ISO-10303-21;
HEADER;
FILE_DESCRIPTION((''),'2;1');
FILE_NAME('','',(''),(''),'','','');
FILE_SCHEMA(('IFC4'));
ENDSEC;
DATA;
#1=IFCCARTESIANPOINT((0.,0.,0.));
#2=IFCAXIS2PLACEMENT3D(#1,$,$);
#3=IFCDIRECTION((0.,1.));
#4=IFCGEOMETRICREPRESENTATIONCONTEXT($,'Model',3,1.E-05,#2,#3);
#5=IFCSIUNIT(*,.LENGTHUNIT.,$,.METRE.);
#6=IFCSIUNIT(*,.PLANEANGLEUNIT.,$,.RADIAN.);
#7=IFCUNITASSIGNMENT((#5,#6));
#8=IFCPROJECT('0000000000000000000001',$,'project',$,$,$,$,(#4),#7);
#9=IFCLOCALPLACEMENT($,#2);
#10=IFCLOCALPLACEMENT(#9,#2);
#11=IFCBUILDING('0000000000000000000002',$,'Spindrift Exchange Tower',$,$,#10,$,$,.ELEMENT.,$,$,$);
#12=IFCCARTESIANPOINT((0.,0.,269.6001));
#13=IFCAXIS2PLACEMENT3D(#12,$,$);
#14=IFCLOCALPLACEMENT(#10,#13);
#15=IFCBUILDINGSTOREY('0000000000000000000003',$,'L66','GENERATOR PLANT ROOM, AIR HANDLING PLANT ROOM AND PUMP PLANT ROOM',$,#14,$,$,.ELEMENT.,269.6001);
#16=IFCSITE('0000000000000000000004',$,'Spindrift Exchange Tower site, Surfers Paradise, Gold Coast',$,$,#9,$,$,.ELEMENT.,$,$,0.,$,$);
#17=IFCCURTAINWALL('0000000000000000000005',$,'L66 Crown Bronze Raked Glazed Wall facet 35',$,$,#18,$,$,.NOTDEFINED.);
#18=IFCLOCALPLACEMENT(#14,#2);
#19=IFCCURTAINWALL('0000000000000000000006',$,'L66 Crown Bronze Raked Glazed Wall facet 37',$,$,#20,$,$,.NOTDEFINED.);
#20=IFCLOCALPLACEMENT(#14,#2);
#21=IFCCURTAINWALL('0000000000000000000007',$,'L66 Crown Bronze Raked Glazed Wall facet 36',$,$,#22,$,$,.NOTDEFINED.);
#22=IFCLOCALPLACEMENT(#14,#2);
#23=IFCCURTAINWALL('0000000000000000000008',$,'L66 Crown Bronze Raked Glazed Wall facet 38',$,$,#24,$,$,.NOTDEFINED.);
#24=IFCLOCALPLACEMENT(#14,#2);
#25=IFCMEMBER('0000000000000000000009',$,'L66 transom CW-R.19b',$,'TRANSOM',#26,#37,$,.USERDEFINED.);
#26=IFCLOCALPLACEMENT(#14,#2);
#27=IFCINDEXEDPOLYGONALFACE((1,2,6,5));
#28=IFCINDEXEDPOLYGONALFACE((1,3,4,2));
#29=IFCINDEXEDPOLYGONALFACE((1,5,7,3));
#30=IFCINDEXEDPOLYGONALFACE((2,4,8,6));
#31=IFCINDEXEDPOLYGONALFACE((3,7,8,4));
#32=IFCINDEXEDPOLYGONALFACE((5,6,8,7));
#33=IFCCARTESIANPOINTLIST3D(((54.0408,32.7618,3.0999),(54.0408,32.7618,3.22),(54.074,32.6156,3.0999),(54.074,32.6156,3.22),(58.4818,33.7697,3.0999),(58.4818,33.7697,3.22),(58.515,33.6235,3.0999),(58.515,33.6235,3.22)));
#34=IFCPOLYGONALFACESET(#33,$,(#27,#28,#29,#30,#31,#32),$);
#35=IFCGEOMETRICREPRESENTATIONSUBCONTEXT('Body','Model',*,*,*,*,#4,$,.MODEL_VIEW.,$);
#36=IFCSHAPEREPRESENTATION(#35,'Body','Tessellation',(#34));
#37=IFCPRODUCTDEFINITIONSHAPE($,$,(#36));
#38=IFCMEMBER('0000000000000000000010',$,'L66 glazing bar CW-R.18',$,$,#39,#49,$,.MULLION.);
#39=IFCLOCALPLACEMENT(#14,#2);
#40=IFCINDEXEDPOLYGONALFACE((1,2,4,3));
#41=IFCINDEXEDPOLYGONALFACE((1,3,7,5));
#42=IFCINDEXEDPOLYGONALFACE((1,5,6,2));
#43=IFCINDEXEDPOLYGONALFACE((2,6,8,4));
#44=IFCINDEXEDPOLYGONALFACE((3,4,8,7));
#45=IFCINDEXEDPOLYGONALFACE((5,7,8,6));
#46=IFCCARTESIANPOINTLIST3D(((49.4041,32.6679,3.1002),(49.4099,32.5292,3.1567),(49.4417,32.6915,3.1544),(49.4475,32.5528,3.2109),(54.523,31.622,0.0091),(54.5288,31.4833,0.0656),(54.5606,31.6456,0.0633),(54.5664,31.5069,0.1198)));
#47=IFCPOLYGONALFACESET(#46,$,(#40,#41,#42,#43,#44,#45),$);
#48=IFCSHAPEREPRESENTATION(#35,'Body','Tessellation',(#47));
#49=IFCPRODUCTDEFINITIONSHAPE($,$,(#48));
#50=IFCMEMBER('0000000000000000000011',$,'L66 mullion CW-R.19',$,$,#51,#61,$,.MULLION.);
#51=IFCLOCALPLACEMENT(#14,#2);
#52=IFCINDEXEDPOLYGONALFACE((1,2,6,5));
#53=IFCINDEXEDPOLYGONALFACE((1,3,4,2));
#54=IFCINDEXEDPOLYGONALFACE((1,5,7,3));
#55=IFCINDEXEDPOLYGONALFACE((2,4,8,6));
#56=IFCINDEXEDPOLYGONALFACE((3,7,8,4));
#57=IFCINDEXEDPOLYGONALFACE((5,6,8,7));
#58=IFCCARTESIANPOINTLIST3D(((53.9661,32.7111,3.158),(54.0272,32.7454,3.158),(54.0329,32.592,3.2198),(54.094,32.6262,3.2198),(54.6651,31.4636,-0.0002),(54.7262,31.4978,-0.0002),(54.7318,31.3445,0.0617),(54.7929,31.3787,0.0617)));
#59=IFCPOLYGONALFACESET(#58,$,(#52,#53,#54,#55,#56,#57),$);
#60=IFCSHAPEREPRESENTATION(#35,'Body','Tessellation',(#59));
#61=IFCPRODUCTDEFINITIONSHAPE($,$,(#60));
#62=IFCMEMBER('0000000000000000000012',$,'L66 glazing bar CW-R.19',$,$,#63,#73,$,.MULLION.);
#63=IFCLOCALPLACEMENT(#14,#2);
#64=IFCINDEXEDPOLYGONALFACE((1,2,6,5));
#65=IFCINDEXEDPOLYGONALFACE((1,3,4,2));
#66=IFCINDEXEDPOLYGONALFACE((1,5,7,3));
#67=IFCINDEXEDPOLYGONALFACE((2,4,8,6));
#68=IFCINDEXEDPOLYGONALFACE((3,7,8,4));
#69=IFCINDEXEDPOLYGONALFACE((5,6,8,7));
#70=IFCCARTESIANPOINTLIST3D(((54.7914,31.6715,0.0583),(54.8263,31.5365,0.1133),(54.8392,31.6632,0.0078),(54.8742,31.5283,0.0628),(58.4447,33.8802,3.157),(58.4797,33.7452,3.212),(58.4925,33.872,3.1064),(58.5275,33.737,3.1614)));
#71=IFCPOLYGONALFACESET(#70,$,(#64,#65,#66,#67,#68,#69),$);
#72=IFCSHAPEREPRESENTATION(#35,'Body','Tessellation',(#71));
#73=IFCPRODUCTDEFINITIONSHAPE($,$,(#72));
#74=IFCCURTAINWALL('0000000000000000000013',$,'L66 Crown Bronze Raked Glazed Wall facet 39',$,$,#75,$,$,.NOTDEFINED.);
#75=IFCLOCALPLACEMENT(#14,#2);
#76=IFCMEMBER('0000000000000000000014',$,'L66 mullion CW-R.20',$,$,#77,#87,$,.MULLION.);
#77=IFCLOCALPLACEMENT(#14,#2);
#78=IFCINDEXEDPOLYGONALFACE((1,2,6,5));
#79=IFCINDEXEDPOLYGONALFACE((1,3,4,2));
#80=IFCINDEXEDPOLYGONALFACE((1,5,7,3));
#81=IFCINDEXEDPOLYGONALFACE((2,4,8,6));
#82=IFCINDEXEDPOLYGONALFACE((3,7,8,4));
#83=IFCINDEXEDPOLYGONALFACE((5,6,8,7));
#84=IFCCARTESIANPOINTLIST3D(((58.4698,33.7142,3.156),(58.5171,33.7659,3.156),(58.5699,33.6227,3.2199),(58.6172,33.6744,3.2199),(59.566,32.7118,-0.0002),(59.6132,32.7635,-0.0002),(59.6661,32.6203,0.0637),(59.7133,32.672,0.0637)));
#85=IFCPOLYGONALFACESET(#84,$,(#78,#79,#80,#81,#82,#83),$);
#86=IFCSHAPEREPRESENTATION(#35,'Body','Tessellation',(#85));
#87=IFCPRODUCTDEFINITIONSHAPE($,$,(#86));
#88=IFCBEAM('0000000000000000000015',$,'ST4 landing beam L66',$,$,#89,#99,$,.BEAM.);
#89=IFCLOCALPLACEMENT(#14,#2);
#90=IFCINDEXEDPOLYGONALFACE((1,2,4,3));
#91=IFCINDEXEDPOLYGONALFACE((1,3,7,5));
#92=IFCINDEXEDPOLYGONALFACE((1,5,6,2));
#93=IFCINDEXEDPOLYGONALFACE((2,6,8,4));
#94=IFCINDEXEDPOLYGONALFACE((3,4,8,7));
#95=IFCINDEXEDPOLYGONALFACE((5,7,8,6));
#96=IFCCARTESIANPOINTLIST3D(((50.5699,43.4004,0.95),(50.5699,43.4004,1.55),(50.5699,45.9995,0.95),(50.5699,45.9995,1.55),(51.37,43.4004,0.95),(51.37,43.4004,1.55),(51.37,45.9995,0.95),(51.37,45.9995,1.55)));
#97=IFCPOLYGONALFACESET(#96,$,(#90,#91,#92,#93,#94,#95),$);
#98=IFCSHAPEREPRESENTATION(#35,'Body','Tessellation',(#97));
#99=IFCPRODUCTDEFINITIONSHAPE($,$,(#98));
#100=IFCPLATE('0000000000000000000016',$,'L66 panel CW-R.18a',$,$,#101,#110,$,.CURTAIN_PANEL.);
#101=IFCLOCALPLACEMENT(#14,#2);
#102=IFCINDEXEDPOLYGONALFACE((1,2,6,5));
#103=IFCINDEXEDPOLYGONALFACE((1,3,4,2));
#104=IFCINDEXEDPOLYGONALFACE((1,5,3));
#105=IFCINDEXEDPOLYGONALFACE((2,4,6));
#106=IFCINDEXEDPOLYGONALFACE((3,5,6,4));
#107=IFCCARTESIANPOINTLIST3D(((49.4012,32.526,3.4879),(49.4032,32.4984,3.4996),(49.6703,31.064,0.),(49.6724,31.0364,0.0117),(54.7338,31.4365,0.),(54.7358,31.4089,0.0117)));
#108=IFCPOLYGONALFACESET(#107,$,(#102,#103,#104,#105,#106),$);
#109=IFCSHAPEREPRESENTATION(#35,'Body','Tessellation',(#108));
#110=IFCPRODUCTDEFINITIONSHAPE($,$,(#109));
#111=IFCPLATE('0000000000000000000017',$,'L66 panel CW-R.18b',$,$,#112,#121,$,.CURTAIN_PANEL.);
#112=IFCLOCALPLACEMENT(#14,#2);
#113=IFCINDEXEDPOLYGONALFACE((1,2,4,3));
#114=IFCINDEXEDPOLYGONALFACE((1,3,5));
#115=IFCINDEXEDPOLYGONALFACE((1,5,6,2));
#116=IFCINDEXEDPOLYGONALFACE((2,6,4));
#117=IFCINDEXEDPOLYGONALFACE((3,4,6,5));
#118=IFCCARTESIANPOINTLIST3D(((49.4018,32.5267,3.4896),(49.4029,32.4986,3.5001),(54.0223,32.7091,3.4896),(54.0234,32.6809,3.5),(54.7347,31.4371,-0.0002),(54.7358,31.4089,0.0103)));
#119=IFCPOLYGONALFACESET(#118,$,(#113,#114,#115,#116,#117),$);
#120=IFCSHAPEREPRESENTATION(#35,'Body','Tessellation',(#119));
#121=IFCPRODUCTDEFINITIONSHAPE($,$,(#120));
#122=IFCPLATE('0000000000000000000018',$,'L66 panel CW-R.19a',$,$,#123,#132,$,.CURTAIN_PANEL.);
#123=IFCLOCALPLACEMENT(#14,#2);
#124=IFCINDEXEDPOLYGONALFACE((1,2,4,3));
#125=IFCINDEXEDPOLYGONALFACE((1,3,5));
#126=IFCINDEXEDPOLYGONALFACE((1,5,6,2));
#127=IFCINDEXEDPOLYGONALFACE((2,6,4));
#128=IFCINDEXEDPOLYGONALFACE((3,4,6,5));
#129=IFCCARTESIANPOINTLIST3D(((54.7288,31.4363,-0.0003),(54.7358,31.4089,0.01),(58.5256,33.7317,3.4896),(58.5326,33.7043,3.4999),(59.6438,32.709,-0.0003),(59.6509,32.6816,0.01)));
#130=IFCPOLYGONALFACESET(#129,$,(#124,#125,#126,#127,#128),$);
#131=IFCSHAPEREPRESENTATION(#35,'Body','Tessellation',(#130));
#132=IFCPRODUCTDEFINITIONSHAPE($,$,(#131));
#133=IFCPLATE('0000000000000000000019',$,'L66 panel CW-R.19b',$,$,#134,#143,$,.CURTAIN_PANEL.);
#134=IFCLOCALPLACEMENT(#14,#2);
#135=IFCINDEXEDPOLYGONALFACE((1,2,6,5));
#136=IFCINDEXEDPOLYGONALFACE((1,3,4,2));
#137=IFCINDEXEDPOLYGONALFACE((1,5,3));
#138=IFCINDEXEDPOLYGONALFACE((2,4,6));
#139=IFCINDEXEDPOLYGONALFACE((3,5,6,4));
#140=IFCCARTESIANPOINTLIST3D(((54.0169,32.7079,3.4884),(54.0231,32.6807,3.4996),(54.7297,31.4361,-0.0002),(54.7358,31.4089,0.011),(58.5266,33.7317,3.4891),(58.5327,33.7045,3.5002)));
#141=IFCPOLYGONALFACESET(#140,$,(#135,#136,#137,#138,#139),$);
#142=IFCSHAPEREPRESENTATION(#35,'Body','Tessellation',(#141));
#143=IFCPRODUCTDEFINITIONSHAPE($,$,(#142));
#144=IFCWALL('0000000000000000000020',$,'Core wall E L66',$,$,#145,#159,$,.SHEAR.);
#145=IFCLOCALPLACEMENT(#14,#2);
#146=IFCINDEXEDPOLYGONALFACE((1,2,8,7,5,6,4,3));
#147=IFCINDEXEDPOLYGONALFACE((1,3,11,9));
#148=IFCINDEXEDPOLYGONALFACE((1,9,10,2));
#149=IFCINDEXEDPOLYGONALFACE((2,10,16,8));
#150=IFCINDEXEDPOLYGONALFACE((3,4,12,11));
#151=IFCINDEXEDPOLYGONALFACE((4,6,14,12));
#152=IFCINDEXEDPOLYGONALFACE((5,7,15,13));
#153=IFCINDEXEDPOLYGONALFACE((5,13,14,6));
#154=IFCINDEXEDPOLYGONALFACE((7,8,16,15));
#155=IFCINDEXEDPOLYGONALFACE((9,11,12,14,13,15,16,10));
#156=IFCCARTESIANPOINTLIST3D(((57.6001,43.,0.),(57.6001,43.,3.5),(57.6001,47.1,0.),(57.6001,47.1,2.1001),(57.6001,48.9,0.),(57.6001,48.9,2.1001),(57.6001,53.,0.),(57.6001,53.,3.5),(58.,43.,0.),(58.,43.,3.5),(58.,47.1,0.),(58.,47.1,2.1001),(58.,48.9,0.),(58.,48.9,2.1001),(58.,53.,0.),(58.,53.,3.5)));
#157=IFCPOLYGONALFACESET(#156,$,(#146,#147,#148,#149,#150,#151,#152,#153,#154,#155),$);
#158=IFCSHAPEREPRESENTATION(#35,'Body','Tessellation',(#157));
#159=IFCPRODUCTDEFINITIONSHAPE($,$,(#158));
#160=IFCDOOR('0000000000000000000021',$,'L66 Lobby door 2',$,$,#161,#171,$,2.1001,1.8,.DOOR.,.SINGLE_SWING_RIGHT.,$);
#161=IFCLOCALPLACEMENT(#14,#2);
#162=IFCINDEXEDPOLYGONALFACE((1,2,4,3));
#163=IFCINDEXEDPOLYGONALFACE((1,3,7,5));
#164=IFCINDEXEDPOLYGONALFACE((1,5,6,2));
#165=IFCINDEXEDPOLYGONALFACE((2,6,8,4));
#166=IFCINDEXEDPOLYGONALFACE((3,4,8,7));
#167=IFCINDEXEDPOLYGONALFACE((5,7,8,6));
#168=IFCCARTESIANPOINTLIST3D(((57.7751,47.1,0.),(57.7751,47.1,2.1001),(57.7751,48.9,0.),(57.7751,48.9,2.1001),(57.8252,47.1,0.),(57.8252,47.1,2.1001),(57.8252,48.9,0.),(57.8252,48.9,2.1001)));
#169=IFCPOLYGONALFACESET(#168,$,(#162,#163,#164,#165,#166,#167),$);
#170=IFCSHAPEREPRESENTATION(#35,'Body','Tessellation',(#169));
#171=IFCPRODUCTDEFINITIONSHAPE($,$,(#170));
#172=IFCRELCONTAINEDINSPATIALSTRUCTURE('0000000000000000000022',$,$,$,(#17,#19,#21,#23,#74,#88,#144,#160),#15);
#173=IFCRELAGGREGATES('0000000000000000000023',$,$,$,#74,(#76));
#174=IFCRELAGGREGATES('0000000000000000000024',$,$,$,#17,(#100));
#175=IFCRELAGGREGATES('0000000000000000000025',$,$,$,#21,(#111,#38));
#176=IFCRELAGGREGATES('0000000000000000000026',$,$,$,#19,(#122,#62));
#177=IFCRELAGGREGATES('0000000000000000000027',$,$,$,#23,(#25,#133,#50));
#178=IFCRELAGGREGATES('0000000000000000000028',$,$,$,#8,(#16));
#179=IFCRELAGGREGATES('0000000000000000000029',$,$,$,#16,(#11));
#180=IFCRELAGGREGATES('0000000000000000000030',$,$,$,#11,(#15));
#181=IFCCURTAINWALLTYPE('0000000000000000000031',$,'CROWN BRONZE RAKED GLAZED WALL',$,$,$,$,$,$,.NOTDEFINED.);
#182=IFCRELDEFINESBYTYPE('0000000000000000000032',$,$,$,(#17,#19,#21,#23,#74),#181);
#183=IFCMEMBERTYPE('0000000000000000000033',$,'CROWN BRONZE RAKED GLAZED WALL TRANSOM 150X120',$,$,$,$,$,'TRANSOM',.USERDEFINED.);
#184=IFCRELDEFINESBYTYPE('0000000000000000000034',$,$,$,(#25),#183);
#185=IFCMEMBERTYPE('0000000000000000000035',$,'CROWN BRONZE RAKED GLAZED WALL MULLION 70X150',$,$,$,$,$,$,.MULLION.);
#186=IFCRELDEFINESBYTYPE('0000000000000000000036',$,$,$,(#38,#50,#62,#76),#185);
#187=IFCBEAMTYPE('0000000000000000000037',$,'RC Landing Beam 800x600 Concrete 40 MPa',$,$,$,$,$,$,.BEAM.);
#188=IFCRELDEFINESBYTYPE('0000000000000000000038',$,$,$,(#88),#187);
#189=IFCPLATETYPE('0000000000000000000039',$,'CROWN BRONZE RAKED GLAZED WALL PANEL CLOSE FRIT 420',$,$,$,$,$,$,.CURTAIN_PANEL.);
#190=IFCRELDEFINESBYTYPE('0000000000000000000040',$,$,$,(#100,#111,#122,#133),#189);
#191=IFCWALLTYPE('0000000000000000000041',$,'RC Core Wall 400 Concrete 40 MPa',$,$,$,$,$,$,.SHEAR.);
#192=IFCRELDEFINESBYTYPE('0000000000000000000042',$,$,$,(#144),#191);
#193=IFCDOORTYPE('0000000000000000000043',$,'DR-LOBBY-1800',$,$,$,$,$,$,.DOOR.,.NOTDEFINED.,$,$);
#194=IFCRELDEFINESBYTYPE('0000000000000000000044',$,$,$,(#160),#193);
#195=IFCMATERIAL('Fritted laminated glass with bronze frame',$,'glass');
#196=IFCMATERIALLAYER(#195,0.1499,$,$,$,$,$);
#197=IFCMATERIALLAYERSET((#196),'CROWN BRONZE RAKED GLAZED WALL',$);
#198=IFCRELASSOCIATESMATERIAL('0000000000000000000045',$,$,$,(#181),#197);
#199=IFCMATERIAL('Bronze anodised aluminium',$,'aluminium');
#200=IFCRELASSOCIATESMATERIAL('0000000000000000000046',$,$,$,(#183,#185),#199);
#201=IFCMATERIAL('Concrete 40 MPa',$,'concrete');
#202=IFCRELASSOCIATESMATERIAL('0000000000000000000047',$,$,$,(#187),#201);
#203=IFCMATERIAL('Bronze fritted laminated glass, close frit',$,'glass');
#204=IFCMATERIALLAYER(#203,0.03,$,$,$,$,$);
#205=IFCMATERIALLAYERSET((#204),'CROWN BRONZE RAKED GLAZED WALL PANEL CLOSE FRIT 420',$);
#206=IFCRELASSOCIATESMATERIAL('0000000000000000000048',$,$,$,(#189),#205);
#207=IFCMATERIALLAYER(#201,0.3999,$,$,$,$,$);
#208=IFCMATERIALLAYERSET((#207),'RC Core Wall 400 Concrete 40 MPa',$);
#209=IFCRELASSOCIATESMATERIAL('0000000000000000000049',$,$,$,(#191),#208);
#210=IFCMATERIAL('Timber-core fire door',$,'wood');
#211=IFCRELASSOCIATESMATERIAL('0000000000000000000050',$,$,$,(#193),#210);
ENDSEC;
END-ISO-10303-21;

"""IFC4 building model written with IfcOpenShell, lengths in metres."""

from ifc_helpers import new_model, si_unit, direction, frame, frame_2d, origin, origin_2d, place, context, subcontext, project, spatial, line, indexed_curve, rectangle, outline, extrude, source, transform, mapped, material, layer, layer_set, material_profile, profile_set, type_object, element, fill, aggregate, save


model = new_model("IFC4")

# Units and contexts
model_context = context("Model", 3, precision=1e-05, world=origin(), true_north=direction((0.0, 1.0)))
body_context = subcontext(model_context, "Body", "Model", "MODEL_VIEW")
ifc_project = project(units=[si_unit("LENGTHUNIT", "METRE"), si_unit("PLANEANGLEUNIT", "RADIAN")], contexts=[model_context])

# Site, building, storey
site_placement = place(None, origin())
site = spatial("IfcSite", under=ifc_project, at=site_placement, Name="Spindrift Exchange Tower site, Surfers Paradise, Gold Coast", CompositionType="ELEMENT", RefElevation=0.0)
building_placement = place(site_placement, origin())
building = spatial("IfcBuilding", under=site, at=building_placement, Name="Spindrift Exchange Tower", CompositionType="ELEMENT")
storey_placement = place(building_placement, frame((0.0, 0.0, 269.6001)))
storey = spatial("IfcBuildingStorey", under=building, at=storey_placement, Name="L66", Description="GENERATOR PLANT ROOM, AIR HANDLING PLANT ROOM AND PUMP PLANT ROOM", CompositionType="ELEMENT", Elevation=269.6001)

# Shared definitions
ifc_material_1 = material(Name="Concrete 40 MPa", Category="concrete")

# Curtain walls, member
ifc_material_2 = material(Name="Fritted laminated glass with bronze frame", Category="glass")
ifc_layer_1 = layer(ifc_material_2, 0.1499)
ifc_layer_set_1 = layer_set([ifc_layer_1], Name="CROWN BRONZE RAKED GLAZED WALL")
curtain_wall_type = type_object("IfcCurtainWallType", Name="CROWN BRONZE RAKED GLAZED WALL", PredefinedType="NOTDEFINED", material=ifc_layer_set_1)
curtain_wall_1_placement = place(storey_placement, origin())
curtain_wall_1 = element("IfcCurtainWall", 1, at=curtain_wall_1_placement, inside=storey, type_object=curtain_wall_type, Name="L66 Crown Bronze Raked Glazed Wall facet 35", PredefinedType="NOTDEFINED")
ifc_material_3 = material(Name="Bronze anodised aluminium", Category="aluminium")
ifc_material_profile_1 = material_profile(ifc_material_3, rectangle(XDim=0.1499, YDim=0.1201, at=origin_2d()), Name="CROWN BRONZE RAKED GLAZED WALL TRANSOM 150X120")
ifc_profile_set_1 = profile_set([ifc_material_profile_1], Name="Bronze anodised aluminium")
member_type_1 = type_object("IfcMemberType", Name="CROWN BRONZE RAKED GLAZED WALL TRANSOM 150X120", ElementType="TRANSOM", PredefinedType="USERDEFINED", material=ifc_profile_set_1)
curtain_wall_2_placement = place(storey_placement, origin())
curtain_wall_2 = element("IfcCurtainWall", 2, at=curtain_wall_2_placement, inside=storey, type_object=curtain_wall_type, Name="L66 Crown Bronze Raked Glazed Wall facet 37", PredefinedType="NOTDEFINED")
curtain_wall_3_placement = place(storey_placement, origin())
curtain_wall_3 = element("IfcCurtainWall", 3, at=curtain_wall_3_placement, inside=storey, type_object=curtain_wall_type, Name="L66 Crown Bronze Raked Glazed Wall facet 36", PredefinedType="NOTDEFINED")
shared_shape_1 = source(origin(), body_context, "Body", "SweptSolid", [
    extrude(rectangle(XDim=0.1499, YDim=0.1201, at=origin_2d()), origin(), (0.0, 0.0, 1.0), 4.554),
])
curtain_wall_4_placement = place(storey_placement, origin())
curtain_wall_4 = element("IfcCurtainWall", 4, at=curtain_wall_4_placement, inside=storey, type_object=curtain_wall_type, Name="L66 Crown Bronze Raked Glazed Wall facet 38", PredefinedType="NOTDEFINED")
member_1_placement = place(storey_placement, frame((54.0574, 32.6887, 3.1599), z_axis=(0.975203, 0.221311, 0.0), x_axis=(-0.221311, 0.975203, 0.0)))
member_1 = element("IfcMember", 5, at=member_1_placement, type_object=member_type_1, Name="L66 transom CW-R.19b", ObjectType="TRANSOM", PredefinedType="USERDEFINED", context=body_context, shape_type="MappedRepresentation", body=[
    mapped(shared_shape_1, transform((0.0, 0.0, 0.0), scale=1.0)),
])

# Members
ifc_material_profile_2 = material_profile(ifc_material_3, rectangle(XDim=0.0701, YDim=0.1499, at=origin_2d()), Name="CROWN BRONZE RAKED GLAZED WALL MULLION 70X150")
ifc_profile_set_2 = profile_set([ifc_material_profile_2], Name="Bronze anodised aluminium")
member_type_2 = type_object("IfcMemberType", Name="CROWN BRONZE RAKED GLAZED WALL MULLION 70X150", PredefinedType="MULLION", material=ifc_profile_set_2)
shared_shape_2 = source(origin(), body_context, "Body", "SweptSolid", [
    extrude(rectangle(XDim=0.0701, YDim=0.1499, at=origin_2d()), origin(), (0.0, 0.0, 1.0), 6.0706),
])
member_2_placement = place(storey_placement, frame((54.5447, 31.5645, 0.0645), z_axis=(-0.843233, 0.17229, 0.509189), x_axis=(-0.536162, -0.337546, -0.773688)))
member_2 = element("IfcMember", 6, at=member_2_placement, type_object=member_type_2, Name="L66 glazing bar CW-R.18", PredefinedType="MULLION", context=body_context, shape_type="MappedRepresentation", body=[
    mapped(shared_shape_2, transform((0.0, 0.0, 0.0), scale=1.0)),
])
shared_shape_3 = source(origin(), body_context, "Body", "SweptSolid", [
    extrude(rectangle(XDim=0.0701, YDim=0.1499, at=origin_2d()), origin(), (0.0, 0.0, 1.0), 3.4668),
])
member_3_placement = place(storey_placement, frame((54.729, 31.4211, 0.0308), z_axis=(-0.201615, 0.359851, 0.910966), x_axis=(-0.872404, -0.488785, 0.0)))
member_3 = element("IfcMember", 7, at=member_3_placement, type_object=member_type_2, Name="L66 mullion CW-R.19", PredefinedType="MULLION", context=body_context, shape_type="MappedRepresentation", body=[
    mapped(shared_shape_3, transform((0.0, 0.0, 0.0), scale=1.0)),
])
shared_shape_4 = source(origin(), body_context, "Body", "SweptSolid", [
    extrude(rectangle(XDim=0.0701, YDim=0.1499, at=origin_2d()), origin(), (0.0, 0.0, 1.0), 5.2751),
])
member_4_placement = place(storey_placement, frame((54.8328, 31.5999, 0.0605), z_axis=(0.692558, 0.41871, 0.587406), x_axis=(-0.682608, 0.117081, 0.721345)))
member_4 = element("IfcMember", 8, at=member_4_placement, type_object=member_type_2, Name="L66 glazing bar CW-R.19", PredefinedType="MULLION", context=body_context, shape_type="MappedRepresentation", body=[
    mapped(shared_shape_4, transform((0.0, 0.0, 0.0), scale=1.0)),
])

# Curtain wall, member
curtain_wall_5_placement = place(storey_placement, origin())
curtain_wall_5 = element("IfcCurtainWall", 9, at=curtain_wall_5_placement, inside=storey, type_object=curtain_wall_type, Name="L66 Crown Bronze Raked Glazed Wall facet 39", PredefinedType="NOTDEFINED")
shared_shape_5 = source(origin(), body_context, "Body", "SweptSolid", [
    extrude(rectangle(XDim=0.0701, YDim=0.1499, at=origin_2d()), origin(), (0.0, 0.0, 1.0), 3.4883),
])
member_5_placement = place(storey_placement, frame((59.6396, 32.6919, 0.0317), z_axis=(-0.314245, 0.28737, 0.904803), x_axis=(-0.674846, -0.737959, 0.0)))
member_5 = element("IfcMember", 10, at=member_5_placement, type_object=member_type_2, Name="L66 mullion CW-R.20", PredefinedType="MULLION", context=body_context, shape_type="MappedRepresentation", body=[
    mapped(shared_shape_5, transform((0.0, 0.0, 0.0), scale=1.0)),
])
aggregate(curtain_wall_5, [member_5])

# Beam
ifc_material_profile_3 = material_profile(ifc_material_1, rectangle(XDim=0.8, YDim=0.6001, at=origin_2d()), Name="RC 800x600")
ifc_profile_set_3 = profile_set([ifc_material_profile_3], Name="Concrete 40 MPa")
beam_type_1 = type_object("IfcBeamType", Name="RC Landing Beam 800x600 Concrete 40 MPa", PredefinedType="BEAM", material=ifc_profile_set_3)
shared_shape_6 = source(origin(), body_context, "Body", "SweptSolid", [
    extrude(rectangle(XDim=0.8, YDim=0.6001, at=origin_2d()), origin(), (0.0, 0.0, 1.0), 2.5991),
])
beam_1_placement = place(storey_placement, frame((50.97, 43.4004, 1.25), z_axis=(0.0, 1.0, 0.0), x_axis=(-1.0, 0.0, 0.0)))
element("IfcBeam", 11, at=beam_1_placement, inside=storey, type_object=beam_type_1, Name="ST4 landing beam L66", PredefinedType="BEAM", context=body_context, shape_type="MappedRepresentation", body=[
    mapped(shared_shape_6, transform((0.0, 0.0, 0.0), scale=1.0)),
])

# Plates
ifc_material_4 = material(Name="Bronze fritted laminated glass, close frit", Category="glass")
ifc_layer_2 = layer(ifc_material_4, 0.03)
ifc_layer_set_2 = layer_set([ifc_layer_2], Name="CROWN BRONZE RAKED GLAZED WALL PANEL CLOSE FRIT 420")
plate_type = type_object("IfcPlateType", Name="CROWN BRONZE RAKED GLAZED WALL PANEL CLOSE FRIT 420", PredefinedType="CURTAIN_PANEL", material=ifc_layer_set_2)
plate_1_placement = place(storey_placement, frame((54.7358, 31.4089, 0.0117), z_axis=(0.067565, -0.91828, 0.390125), x_axis=(-0.997304, -0.073379, 0.0)))
plate_1 = element("IfcPlate", 12, at=plate_1_placement, type_object=plate_type, Name="L66 panel CW-R.18a", PredefinedType="CURTAIN_PANEL", context=body_context, shape_type="SweptSolid", body=[
    extrude(outline(indexed_curve([(0.0, 0.0), (5.0771, 0.0), (5.2383, -3.7881)], segments=[line(1, 2, 3, 1)], self_intersect=False)), origin(), (0.0, 0.0, -1.0), 0.03),
])
aggregate(curtain_wall_1, [plate_1])
plate_2_placement = place(storey_placement, frame((54.7358, 31.4089, 0.0103), z_axis=(0.036965, -0.936442, 0.348871), x_axis=(-0.824791, 0.168523, 0.539741)))
plate_2 = element("IfcPlate", 13, at=plate_2_placement, type_object=plate_type, Name="L66 panel CW-R.18b", PredefinedType="CURTAIN_PANEL", context=body_context, shape_type="SweptSolid", body=[
    extrude(outline(indexed_curve([(0.0, 0.0), (6.4658, 0.0), (2.6855, -2.6631)], segments=[line(1, 2, 3, 1)], self_intersect=False)), origin(), (0.0, 0.0, -1.0), 0.03),
])
aggregate(curtain_wall_3, [plate_2, member_2])
plate_3_placement = place(storey_placement, frame((54.7358, 31.4089, 0.01), z_axis=(0.235553, -0.909677, 0.342057), x_axis=(0.968072, 0.250673, 0.0)))
plate_3 = element("IfcPlate", 14, at=plate_3_placement, type_object=plate_type, Name="L66 panel CW-R.19a", PredefinedType="CURTAIN_PANEL", context=body_context, shape_type="SweptSolid", body=[
    extrude(outline(indexed_curve([(0.0, 0.0), (5.0771, 0.0), (4.251, 3.7139)], segments=[line(1, 2, 3, 1)], self_intersect=False)), origin(), (0.0, 0.0, -1.0), 0.03),
])
aggregate(curtain_wall_2, [plate_3, member_4])
plate_4_placement = place(storey_placement, frame((54.7358, 31.4089, 0.011), z_axis=(0.205451, -0.90522, 0.371976), x_axis=(0.672665, 0.406688, 0.618164)))
plate_4 = element("IfcPlate", 15, at=plate_4_placement, type_object=plate_type, Name="L66 panel CW-R.19b", PredefinedType="CURTAIN_PANEL", context=body_context, shape_type="SweptSolid", body=[
    extrude(outline(indexed_curve([(0.0, 0.0), (5.6445, 0.0), (2.1943, 3.0791)], segments=[line(1, 2, 3, 1)], self_intersect=False)), origin(), (0.0, 0.0, -1.0), 0.03),
])
aggregate(curtain_wall_4, [member_1, plate_4, member_3])

# Wall, opening, door
ifc_layer_3 = layer(ifc_material_1, 0.3999)
ifc_layer_set_3 = layer_set([ifc_layer_3], Name="RC Core Wall 400 Concrete 40 MPa")
wall_type_1 = type_object("IfcWallType", Name="RC Core Wall 400 Concrete 40 MPa", PredefinedType="SHEAR", material=ifc_layer_set_3)
wall_1_placement = place(storey_placement, frame((57.8, 43.0, 0.0), z_axis=(0.0, 0.0, 1.0), x_axis=(0.0, 1.0, 0.0)))
wall_1 = element("IfcWall", 16, at=wall_1_placement, inside=storey, type_object=wall_type_1, Name="Core wall E L66", PredefinedType="SHEAR", context=body_context, shape_type="SweptSolid", body=[
    extrude(rectangle(XDim=10.0, YDim=0.3999, at=frame_2d((5.0, 0.0))), origin(), (0.0, 0.0, 1.0), 3.5),
])
opening_1_placement = place(wall_1_placement, frame((4.1001, 0.0, 0.0)))
opening_1 = element("IfcOpeningElement", 17, at=opening_1_placement, cuts=wall_1, PredefinedType="OPENING", context=body_context, shape_type="SweptSolid", body=[
    extrude(rectangle(XDim=1.8, YDim=2.1001, at=frame_2d((0.8999, 1.05))), frame((0.0, 0.21, 0.0), z_axis=(0.0, -1.0, 0.0), x_axis=(1.0, 0.0, 0.0)), (0.0, 0.0, 1.0), 0.4199),
])
ifc_material_5 = material(Name="Timber-core fire door", Category="wood")
door_type_1 = type_object("IfcDoorType", Name="DR-LOBBY-1800", OperationType="NOTDEFINED", PredefinedType="DOOR", material=ifc_material_5)
shared_shape_7 = source(origin(), body_context, "Body", "SweptSolid", [
    extrude(rectangle(XDim=1.8, YDim=2.1001, at=frame_2d((0.8999, 1.05))), frame((0.0, 0.0249, 0.0), z_axis=(0.0, -1.0, 0.0), x_axis=(1.0, 0.0, 0.0)), (0.0, 0.0, 1.0), 0.05),
])
door_1_placement = place(opening_1_placement, origin())
door_1 = element("IfcDoor", 18, at=door_1_placement, inside=storey, type_object=door_type_1, Name="L66 Lobby door 2", OperationType="SINGLE_SWING_RIGHT", OverallHeight=2.1001, OverallWidth=1.8, PredefinedType="DOOR", context=body_context, shape_type="MappedRepresentation", body=[
    mapped(shared_shape_7, transform((0.0, 0.0, 0.0), scale=1.0)),
])
fill(opening_1, door_1)

save(model, "model.ifc")
